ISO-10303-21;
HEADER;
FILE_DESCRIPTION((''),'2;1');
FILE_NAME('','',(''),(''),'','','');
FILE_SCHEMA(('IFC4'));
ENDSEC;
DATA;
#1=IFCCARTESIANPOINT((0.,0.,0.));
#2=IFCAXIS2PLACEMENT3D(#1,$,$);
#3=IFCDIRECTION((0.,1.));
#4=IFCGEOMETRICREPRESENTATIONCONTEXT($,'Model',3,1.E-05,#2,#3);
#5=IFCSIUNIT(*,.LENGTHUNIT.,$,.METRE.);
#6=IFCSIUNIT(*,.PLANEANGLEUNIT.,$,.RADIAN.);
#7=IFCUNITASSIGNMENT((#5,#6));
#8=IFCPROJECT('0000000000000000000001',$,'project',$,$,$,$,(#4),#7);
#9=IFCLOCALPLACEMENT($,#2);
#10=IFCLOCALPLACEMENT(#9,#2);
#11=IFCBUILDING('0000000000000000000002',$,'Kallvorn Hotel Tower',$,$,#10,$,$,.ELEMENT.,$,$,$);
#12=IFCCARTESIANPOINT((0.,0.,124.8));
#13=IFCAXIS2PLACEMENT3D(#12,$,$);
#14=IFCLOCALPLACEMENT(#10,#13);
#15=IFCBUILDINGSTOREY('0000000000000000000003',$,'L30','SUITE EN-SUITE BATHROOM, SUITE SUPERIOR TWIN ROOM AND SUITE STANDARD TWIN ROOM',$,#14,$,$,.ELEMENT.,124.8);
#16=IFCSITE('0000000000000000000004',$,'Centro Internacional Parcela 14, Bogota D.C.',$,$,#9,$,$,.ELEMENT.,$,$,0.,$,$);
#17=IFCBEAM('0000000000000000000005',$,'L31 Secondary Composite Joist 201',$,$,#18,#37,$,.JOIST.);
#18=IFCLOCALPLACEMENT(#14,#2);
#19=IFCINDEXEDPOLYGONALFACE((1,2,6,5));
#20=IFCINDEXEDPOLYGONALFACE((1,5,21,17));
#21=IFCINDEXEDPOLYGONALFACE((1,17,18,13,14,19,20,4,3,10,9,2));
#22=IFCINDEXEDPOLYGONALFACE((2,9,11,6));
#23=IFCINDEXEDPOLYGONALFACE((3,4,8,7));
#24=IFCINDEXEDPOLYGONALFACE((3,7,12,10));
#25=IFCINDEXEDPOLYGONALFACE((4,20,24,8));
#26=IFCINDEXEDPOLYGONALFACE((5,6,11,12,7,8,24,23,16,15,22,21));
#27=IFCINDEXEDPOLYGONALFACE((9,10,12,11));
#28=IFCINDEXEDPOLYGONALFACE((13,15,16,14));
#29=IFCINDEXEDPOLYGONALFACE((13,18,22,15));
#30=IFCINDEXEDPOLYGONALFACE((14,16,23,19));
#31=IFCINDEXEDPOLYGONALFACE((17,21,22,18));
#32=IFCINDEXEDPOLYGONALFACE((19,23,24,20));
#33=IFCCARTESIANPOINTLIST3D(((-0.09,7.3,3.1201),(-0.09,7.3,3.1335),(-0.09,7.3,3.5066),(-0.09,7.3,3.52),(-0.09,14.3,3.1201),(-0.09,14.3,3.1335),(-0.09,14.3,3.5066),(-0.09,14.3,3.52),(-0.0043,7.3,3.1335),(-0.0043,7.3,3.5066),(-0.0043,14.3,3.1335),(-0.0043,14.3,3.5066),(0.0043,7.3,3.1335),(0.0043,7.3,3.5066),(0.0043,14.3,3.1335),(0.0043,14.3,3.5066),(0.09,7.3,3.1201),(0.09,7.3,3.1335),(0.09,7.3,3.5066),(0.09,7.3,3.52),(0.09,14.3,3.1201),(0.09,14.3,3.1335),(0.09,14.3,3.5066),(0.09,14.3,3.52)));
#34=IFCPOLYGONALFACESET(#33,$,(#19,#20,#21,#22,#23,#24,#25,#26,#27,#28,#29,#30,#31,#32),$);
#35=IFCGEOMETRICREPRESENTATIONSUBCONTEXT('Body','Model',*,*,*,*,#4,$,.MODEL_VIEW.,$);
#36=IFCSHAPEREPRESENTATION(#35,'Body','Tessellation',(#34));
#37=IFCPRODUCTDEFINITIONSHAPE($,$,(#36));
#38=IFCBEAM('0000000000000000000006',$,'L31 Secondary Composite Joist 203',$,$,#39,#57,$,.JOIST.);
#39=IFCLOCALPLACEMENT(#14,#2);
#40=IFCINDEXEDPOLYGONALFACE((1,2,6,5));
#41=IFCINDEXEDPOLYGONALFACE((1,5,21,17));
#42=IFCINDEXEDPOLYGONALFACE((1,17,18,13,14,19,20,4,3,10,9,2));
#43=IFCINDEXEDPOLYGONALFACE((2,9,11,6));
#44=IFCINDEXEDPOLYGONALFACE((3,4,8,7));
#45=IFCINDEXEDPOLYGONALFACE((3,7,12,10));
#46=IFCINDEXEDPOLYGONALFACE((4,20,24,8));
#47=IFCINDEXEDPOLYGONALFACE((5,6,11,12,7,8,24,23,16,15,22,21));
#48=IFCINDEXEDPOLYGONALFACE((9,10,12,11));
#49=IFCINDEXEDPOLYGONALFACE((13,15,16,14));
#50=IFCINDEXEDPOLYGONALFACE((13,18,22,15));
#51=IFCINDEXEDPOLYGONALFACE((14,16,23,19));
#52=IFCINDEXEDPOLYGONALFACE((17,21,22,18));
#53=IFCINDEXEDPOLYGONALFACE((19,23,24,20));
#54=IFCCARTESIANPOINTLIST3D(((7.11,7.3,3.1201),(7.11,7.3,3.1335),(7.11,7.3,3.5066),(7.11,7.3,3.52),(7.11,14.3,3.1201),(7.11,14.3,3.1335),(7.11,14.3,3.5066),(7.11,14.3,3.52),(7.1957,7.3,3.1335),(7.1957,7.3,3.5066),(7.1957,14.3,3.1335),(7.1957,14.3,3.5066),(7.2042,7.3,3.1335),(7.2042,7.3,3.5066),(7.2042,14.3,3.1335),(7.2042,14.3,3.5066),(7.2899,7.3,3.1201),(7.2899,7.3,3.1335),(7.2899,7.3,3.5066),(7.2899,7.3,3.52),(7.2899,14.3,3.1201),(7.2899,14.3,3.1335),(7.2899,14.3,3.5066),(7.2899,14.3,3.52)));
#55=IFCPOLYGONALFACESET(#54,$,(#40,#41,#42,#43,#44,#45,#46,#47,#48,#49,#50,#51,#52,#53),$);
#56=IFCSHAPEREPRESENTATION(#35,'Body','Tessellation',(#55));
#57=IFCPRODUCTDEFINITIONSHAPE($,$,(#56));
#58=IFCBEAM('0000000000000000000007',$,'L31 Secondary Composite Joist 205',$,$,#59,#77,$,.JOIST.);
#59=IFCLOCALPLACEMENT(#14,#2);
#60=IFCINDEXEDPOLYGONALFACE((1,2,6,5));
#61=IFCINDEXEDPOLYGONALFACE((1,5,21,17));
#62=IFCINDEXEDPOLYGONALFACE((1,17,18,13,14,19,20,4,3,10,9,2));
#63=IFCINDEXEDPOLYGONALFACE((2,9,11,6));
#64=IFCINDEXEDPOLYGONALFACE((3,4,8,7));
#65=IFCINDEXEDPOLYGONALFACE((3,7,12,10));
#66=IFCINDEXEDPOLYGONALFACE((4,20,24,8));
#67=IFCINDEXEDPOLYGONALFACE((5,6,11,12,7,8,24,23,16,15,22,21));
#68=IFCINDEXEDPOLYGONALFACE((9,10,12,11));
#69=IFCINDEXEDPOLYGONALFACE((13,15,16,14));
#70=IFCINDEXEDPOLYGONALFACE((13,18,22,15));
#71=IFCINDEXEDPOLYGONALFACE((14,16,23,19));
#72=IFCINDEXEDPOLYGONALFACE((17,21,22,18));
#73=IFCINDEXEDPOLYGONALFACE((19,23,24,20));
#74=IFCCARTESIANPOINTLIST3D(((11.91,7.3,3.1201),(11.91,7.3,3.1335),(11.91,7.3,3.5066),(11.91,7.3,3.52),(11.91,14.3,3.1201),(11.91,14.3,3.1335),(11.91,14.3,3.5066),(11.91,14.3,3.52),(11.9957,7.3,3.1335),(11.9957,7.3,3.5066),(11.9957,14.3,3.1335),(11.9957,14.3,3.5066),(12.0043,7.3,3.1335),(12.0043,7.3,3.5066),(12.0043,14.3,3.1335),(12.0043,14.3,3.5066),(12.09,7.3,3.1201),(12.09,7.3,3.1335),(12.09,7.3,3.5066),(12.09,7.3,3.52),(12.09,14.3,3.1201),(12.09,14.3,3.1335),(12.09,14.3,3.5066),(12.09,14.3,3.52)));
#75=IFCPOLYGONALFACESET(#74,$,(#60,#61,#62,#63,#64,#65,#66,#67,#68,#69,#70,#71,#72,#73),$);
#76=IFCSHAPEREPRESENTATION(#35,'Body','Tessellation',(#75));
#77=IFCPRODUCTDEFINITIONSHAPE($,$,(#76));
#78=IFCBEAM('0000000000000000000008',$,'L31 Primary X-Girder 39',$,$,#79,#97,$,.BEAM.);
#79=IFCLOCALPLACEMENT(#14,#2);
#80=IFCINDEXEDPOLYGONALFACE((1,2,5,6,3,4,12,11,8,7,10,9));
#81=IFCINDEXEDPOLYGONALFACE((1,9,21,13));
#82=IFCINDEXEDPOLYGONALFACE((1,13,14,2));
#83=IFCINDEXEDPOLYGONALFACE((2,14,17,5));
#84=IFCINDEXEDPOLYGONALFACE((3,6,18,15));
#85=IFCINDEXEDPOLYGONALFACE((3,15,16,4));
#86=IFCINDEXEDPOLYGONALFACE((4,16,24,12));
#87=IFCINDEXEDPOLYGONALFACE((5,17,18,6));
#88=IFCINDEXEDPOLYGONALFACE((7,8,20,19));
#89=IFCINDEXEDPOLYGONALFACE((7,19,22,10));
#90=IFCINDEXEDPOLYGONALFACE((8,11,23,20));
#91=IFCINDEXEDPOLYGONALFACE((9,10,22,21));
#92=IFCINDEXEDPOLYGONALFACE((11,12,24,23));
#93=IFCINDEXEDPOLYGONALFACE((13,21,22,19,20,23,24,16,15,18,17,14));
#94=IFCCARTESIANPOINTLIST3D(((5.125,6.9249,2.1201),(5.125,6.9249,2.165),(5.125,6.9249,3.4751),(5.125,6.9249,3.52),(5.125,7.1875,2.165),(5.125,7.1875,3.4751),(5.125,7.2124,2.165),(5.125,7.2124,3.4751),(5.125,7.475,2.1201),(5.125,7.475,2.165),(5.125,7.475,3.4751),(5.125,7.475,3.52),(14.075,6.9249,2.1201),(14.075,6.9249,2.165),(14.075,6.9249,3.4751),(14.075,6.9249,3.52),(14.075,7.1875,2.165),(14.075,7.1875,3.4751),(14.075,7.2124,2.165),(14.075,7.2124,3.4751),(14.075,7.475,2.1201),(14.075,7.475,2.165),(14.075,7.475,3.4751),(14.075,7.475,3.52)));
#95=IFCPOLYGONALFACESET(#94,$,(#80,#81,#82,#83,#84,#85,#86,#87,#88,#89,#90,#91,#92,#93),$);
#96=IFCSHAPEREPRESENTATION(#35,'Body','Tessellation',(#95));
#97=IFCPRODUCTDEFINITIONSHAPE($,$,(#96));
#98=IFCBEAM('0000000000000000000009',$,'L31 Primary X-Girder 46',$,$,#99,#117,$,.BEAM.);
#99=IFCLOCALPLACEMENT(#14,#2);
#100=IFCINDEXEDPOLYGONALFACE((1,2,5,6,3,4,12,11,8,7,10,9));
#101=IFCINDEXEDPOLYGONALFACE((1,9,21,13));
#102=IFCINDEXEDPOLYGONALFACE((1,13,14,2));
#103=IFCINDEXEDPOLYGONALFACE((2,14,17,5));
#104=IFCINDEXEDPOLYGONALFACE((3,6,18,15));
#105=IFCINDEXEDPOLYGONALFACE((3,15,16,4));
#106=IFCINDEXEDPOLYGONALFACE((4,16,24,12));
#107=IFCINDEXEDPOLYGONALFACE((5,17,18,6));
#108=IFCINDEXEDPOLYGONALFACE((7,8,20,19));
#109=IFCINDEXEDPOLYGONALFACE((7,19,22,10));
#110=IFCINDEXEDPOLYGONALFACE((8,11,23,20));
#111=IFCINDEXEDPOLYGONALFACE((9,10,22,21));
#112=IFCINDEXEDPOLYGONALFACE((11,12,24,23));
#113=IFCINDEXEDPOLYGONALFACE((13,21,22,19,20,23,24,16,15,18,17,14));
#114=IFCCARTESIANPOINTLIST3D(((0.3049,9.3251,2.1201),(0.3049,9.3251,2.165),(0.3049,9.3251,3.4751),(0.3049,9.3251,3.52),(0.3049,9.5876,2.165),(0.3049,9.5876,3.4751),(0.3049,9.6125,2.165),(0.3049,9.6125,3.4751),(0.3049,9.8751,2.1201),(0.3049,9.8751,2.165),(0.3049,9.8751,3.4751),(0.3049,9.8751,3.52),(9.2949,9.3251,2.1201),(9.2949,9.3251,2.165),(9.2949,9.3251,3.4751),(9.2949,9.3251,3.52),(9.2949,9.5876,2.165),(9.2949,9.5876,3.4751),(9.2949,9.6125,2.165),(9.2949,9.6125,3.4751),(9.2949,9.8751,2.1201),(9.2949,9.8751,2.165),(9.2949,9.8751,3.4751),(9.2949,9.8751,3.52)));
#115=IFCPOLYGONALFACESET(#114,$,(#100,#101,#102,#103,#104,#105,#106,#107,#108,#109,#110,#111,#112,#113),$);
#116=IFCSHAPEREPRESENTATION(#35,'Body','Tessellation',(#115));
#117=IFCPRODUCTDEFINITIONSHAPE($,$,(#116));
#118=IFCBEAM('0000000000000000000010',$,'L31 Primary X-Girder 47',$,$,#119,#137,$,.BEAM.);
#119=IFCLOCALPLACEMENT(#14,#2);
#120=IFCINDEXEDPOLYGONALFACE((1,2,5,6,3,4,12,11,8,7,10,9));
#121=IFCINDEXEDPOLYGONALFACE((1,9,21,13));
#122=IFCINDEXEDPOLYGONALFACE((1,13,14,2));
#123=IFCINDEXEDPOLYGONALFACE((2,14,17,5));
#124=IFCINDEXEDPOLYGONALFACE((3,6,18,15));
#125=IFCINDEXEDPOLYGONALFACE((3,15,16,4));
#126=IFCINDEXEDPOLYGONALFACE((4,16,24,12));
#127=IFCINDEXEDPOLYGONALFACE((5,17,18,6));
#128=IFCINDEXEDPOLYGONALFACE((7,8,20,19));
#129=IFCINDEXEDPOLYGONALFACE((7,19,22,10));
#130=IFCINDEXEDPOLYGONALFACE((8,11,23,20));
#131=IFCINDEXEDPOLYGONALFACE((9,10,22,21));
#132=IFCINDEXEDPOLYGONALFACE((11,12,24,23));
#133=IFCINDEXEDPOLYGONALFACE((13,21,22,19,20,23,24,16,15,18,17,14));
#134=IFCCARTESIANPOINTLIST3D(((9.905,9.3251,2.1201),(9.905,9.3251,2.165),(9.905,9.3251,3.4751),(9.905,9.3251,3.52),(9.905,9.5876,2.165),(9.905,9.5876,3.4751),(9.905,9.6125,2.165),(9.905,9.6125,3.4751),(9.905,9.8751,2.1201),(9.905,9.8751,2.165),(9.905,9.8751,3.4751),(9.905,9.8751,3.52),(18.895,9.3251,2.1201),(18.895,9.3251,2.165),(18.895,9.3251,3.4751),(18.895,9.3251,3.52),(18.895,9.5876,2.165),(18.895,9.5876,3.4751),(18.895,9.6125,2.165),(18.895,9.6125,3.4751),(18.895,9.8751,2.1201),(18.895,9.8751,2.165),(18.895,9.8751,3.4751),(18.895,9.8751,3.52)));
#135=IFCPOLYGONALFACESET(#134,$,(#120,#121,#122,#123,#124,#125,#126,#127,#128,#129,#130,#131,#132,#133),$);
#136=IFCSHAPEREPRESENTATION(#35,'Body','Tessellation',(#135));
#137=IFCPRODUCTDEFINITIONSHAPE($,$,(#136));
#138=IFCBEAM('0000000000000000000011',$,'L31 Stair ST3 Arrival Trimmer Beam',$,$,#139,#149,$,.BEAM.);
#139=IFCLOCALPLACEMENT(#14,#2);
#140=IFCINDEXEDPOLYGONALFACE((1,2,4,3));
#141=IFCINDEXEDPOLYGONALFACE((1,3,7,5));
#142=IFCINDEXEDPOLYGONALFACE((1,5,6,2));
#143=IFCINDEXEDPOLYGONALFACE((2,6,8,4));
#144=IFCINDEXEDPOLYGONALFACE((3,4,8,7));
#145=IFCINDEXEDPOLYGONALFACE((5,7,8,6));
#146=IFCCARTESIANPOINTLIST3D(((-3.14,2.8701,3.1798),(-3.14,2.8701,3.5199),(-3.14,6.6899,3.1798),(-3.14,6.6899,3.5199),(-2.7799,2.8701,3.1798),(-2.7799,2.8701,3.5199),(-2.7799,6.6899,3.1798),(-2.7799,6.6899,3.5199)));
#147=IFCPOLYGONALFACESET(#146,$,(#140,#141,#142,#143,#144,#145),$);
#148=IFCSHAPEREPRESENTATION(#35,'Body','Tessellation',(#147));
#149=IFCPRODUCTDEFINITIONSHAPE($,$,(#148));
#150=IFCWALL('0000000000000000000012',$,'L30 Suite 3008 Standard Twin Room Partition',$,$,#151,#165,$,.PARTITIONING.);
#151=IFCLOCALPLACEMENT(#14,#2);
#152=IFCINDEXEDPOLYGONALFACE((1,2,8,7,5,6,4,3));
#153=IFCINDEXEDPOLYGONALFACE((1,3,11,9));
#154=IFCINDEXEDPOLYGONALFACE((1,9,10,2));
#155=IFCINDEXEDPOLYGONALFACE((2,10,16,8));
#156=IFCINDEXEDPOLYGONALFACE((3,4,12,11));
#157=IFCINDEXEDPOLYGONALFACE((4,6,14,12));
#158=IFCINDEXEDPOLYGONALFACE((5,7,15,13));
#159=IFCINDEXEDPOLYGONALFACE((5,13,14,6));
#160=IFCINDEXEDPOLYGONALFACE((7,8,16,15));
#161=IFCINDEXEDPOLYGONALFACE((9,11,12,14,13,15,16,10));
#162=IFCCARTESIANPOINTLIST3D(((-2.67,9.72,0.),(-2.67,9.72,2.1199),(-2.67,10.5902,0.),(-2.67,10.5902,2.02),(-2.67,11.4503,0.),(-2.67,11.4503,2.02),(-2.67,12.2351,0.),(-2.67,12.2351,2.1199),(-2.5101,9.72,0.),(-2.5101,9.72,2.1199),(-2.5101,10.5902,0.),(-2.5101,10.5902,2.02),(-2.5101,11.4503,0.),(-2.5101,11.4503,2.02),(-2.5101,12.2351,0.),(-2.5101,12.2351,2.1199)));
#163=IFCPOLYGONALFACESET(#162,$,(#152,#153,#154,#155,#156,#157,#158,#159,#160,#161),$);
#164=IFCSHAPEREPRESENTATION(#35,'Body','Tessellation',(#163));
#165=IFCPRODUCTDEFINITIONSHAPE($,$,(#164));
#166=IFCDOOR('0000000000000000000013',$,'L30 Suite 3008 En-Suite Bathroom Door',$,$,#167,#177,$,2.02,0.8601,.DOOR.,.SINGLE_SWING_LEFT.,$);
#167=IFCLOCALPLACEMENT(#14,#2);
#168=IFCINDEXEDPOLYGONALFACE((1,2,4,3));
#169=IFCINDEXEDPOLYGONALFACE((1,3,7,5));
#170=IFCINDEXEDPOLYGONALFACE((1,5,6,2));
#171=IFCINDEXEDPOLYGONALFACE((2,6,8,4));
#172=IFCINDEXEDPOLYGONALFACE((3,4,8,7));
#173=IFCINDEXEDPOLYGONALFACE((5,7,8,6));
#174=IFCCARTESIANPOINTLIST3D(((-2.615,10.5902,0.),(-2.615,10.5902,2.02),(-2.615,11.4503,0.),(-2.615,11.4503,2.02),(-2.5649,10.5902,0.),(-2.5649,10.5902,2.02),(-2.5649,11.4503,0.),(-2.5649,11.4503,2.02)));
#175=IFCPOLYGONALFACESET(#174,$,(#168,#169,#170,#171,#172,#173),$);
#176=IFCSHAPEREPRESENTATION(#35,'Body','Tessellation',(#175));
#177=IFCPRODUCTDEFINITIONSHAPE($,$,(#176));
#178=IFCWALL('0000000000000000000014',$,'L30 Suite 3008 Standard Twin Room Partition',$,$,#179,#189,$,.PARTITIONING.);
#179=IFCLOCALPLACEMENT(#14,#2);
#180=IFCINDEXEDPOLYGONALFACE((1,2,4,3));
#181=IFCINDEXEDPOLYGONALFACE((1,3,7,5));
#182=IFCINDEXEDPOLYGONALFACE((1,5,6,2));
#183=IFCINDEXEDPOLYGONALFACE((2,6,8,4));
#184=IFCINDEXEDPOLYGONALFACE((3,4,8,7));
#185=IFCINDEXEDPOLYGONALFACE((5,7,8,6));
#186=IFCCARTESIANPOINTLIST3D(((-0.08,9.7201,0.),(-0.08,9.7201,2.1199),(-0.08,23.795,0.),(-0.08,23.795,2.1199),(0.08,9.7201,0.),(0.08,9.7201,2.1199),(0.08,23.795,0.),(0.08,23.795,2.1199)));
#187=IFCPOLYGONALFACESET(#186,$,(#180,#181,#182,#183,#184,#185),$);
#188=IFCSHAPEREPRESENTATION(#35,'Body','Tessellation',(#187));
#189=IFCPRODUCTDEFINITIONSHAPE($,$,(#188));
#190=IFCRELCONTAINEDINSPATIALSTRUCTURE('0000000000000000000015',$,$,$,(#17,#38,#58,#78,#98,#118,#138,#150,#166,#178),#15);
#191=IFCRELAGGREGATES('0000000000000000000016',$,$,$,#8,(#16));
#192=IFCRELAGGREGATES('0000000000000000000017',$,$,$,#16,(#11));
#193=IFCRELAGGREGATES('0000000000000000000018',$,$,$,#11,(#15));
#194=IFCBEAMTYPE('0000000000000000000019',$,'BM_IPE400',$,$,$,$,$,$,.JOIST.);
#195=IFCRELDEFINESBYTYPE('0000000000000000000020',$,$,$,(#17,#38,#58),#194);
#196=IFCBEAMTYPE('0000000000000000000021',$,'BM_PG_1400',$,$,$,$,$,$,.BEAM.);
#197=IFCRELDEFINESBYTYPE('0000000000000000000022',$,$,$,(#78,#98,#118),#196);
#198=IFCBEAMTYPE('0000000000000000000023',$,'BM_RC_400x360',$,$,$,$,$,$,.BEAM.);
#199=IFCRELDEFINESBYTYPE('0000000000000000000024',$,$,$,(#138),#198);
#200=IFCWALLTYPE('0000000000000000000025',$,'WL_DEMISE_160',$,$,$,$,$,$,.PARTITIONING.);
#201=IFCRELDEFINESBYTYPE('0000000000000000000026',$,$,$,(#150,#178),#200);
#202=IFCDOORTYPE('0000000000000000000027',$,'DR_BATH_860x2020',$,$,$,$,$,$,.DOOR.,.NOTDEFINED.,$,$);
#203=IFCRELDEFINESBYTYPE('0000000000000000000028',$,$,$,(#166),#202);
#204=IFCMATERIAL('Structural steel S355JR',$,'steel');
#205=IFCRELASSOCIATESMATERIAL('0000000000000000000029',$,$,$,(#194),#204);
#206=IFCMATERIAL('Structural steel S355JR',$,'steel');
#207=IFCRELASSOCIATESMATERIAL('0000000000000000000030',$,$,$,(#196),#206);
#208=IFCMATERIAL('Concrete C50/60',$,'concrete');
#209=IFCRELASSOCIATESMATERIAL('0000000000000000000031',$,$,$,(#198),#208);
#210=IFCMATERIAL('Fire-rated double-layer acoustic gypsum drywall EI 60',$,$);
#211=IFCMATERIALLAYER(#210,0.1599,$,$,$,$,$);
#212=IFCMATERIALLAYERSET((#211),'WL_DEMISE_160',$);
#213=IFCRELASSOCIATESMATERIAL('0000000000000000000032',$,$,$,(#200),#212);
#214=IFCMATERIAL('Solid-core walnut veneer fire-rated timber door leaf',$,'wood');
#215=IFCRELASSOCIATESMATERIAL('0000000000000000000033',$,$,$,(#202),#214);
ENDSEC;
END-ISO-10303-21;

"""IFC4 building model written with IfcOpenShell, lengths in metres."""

from ifc_helpers import new_model, si_unit, direction, frame, frame_2d, origin, origin_2d, place, context, subcontext, project, spatial, rectangle, i_section, extrude, material, layer, layer_set, material_profile, profile_set, type_object, element, fill, save


model = new_model("IFC4")

# Units and contexts
model_context = context("Model", 3, precision=1e-05, world=origin(), true_north=direction((0.0, 1.0)))
body_context = subcontext(model_context, "Body", "Model", "MODEL_VIEW")
ifc_project = project(units=[si_unit("LENGTHUNIT", "METRE"), si_unit("PLANEANGLEUNIT", "RADIAN")], contexts=[model_context])

# Site, building, storey
site_placement = place(None, origin())
site = spatial("IfcSite", under=ifc_project, at=site_placement, Name="Centro Internacional Parcela 14, Bogota D.C.", CompositionType="ELEMENT", RefElevation=0.0)
building_placement = place(site_placement, origin())
building = spatial("IfcBuilding", under=site, at=building_placement, Name="Kallvorn Hotel Tower", CompositionType="ELEMENT")
storey_placement = place(building_placement, frame((0.0, 0.0, 124.8)))
storey = spatial("IfcBuildingStorey", under=building, at=storey_placement, Name="L30", Description="SUITE EN-SUITE BATHROOM, SUITE SUPERIOR TWIN ROOM AND SUITE STANDARD TWIN ROOM", CompositionType="ELEMENT", Elevation=124.8)

# Beams
ifc_material_1 = material(Name="Structural steel S355JR", Category="steel")
ifc_material_profile_1 = material_profile(ifc_material_1, i_section(OverallWidth=0.1799, OverallDepth=0.3999, WebThickness=0.0085, FlangeThickness=0.0134, at=origin_2d()), Name="IPE 400")
ifc_profile_set_1 = profile_set([ifc_material_profile_1], Name="Structural steel S355JR")
beam_type_1 = type_object("IfcBeamType", Name="BM_IPE400", PredefinedType="JOIST", material=ifc_profile_set_1)
for number, where, z_axis, x_axis, name in (
    (1, (0.0, 7.3, 3.3201), (0.0, 1.0, 0.0), (-1.0, 0.0, 0.0), "L31 Secondary Composite Joist 201"),
    (2, (7.2, 7.3, 3.3201), (0.0, 1.0, 0.0), (-1.0, 0.0, 0.0), "L31 Secondary Composite Joist 203"),
    (3, (12.0, 7.3, 3.3201), (0.0, 1.0, 0.0), (-1.0, 0.0, 0.0), "L31 Secondary Composite Joist 205"),
):
    element("IfcBeam", number, at=place(storey_placement, frame(where, z_axis=z_axis, x_axis=x_axis)), inside=storey, type_object=beam_type_1, Name=name, PredefinedType="JOIST", context=body_context, shape_type="SweptSolid", body=[
        extrude(i_section(OverallWidth=0.1799, OverallDepth=0.3999, WebThickness=0.0085, FlangeThickness=0.0134, at=origin_2d()), origin(), (0.0, 0.0, 1.0), 7.0),
    ])
ifc_material_2 = material(Name="Structural steel S355JR", Category="steel")
ifc_material_profile_2 = material_profile(ifc_material_2, i_section(OverallWidth=0.55, OverallDepth=1.3999, WebThickness=0.0249, FlangeThickness=0.0449, at=origin_2d()), Name="PG 1400x550x25x45")
ifc_profile_set_2 = profile_set([ifc_material_profile_2], Name="Structural steel S355JR")
beam_type_2 = type_object("IfcBeamType", Name="BM_PG_1400", PredefinedType="BEAM", material=ifc_profile_set_2)
beam_1_placement = place(storey_placement, frame((5.125, 7.2, 2.8201), z_axis=(1.0, 0.0, 0.0), x_axis=(0.0, 1.0, 0.0)))
element("IfcBeam", 4, at=beam_1_placement, inside=storey, type_object=beam_type_2, Name="L31 Primary X-Girder 39", PredefinedType="BEAM", context=body_context, shape_type="SweptSolid", body=[
    extrude(i_section(OverallWidth=0.55, OverallDepth=1.3999, WebThickness=0.0249, FlangeThickness=0.0449, at=origin_2d()), origin(), (0.0, 0.0, 1.0), 8.95),
])
for number, where, z_axis, x_axis, name in (
    (5, (0.3049, 9.6001, 2.8201), (1.0, 0.0, 0.0), (0.0, 1.0, 0.0), "L31 Primary X-Girder 46"),
    (6, (9.905, 9.6001, 2.8201), (1.0, 0.0, 0.0), (0.0, 1.0, 0.0), "L31 Primary X-Girder 47"),
):
    element("IfcBeam", number, at=place(storey_placement, frame(where, z_axis=z_axis, x_axis=x_axis)), inside=storey, type_object=beam_type_2, Name=name, PredefinedType="BEAM", context=body_context, shape_type="SweptSolid", body=[
        extrude(i_section(OverallWidth=0.55, OverallDepth=1.3999, WebThickness=0.0249, FlangeThickness=0.0449, at=origin_2d()), origin(), (0.0, 0.0, 1.0), 8.99),
    ])
ifc_material_3 = material(Name="Concrete C50/60", Category="concrete")
ifc_material_profile_3 = material_profile(ifc_material_3, rectangle(XDim=0.3601, YDim=0.3401, at=origin_2d()), Name="RC 360x340")
ifc_profile_set_3 = profile_set([ifc_material_profile_3], Name="Concrete C50/60")
beam_type_3 = type_object("IfcBeamType", Name="BM_RC_400x360", PredefinedType="BEAM", material=ifc_profile_set_3)
beam_2_placement = place(storey_placement, frame((-2.96, 2.8701, 3.3499), z_axis=(0.0, 1.0, 0.0), x_axis=(-1.0, 0.0, 0.0)))
element("IfcBeam", 7, at=beam_2_placement, inside=storey, type_object=beam_type_3, Name="L31 Stair ST3 Arrival Trimmer Beam", PredefinedType="BEAM", context=body_context, shape_type="SweptSolid", body=[
    extrude(rectangle(XDim=0.3601, YDim=0.3401, at=origin_2d()), origin(), (0.0, 0.0, 1.0), 3.8198),
])

# Wall, opening, door
ifc_material_4 = material(Name="Fire-rated double-layer acoustic gypsum drywall EI 60")
ifc_layer_1 = layer(ifc_material_4, 0.1599)
ifc_layer_set_1 = layer_set([ifc_layer_1], Name="WL_DEMISE_160")
wall_type_1 = type_object("IfcWallType", Name="WL_DEMISE_160", PredefinedType="PARTITIONING", material=ifc_layer_set_1)
wall_1_placement = place(storey_placement, frame((-2.5901, 9.72, 0.0), z_axis=(0.0, 0.0, 1.0), x_axis=(0.0, 1.0, 0.0)))
wall_1 = element("IfcWall", 8, at=wall_1_placement, inside=storey, type_object=wall_type_1, Name="L30 Suite 3008 Standard Twin Room Partition", PredefinedType="PARTITIONING", context=body_context, shape_type="SweptSolid", body=[
    extrude(rectangle(XDim=2.5151, YDim=0.1599, at=frame_2d((1.2576, 0.0))), origin(), (0.0, 0.0, 1.0), 2.1199),
])
opening_1_placement = place(wall_1_placement, frame((0.8701, 0.0, 0.0)))
opening_1 = element("IfcOpeningElement", 9, at=opening_1_placement, cuts=wall_1, PredefinedType="OPENING", context=body_context, shape_type="SweptSolid", body=[
    extrude(rectangle(XDim=0.8601, YDim=2.02, at=frame_2d((0.4302, 1.01))), frame((0.0, 0.095, 0.0), z_axis=(0.0, -1.0, 0.0), x_axis=(1.0, 0.0, 0.0)), (0.0, 0.0, 1.0), 0.1899),
])
ifc_material_5 = material(Name="Solid-core walnut veneer fire-rated timber door leaf", Category="wood")
door_type_1 = type_object("IfcDoorType", Name="DR_BATH_860x2020", OperationType="NOTDEFINED", PredefinedType="DOOR", material=ifc_material_5)
door_1_placement = place(opening_1_placement, origin())
door_1 = element("IfcDoor", 10, at=door_1_placement, inside=storey, type_object=door_type_1, Name="L30 Suite 3008 En-Suite Bathroom Door", OperationType="SINGLE_SWING_LEFT", OverallHeight=2.02, OverallWidth=0.8601, PredefinedType="DOOR", context=body_context, shape_type="SweptSolid", body=[
    extrude(rectangle(XDim=0.8601, YDim=2.02, at=frame_2d((0.4302, 1.01))), frame((0.0, 0.0249, 0.0), z_axis=(0.0, -1.0, 0.0), x_axis=(1.0, 0.0, 0.0)), (0.0, 0.0, 1.0), 0.05),
])
fill(opening_1, door_1)

# Wall
wall_2_placement = place(storey_placement, frame((0.0, 9.72, 0.0), z_axis=(0.0, 0.0, 1.0), x_axis=(0.0, 1.0, 0.0)))
element("IfcWall", 11, at=wall_2_placement, inside=storey, type_object=wall_type_1, Name="L30 Suite 3008 Standard Twin Room Partition", PredefinedType="PARTITIONING", context=body_context, shape_type="SweptSolid", body=[
    extrude(rectangle(XDim=14.075, YDim=0.1599, at=frame_2d((7.0376, 0.0))), origin(), (0.0, 0.0, 1.0), 2.1199),
])

save(model, "model.ifc")
